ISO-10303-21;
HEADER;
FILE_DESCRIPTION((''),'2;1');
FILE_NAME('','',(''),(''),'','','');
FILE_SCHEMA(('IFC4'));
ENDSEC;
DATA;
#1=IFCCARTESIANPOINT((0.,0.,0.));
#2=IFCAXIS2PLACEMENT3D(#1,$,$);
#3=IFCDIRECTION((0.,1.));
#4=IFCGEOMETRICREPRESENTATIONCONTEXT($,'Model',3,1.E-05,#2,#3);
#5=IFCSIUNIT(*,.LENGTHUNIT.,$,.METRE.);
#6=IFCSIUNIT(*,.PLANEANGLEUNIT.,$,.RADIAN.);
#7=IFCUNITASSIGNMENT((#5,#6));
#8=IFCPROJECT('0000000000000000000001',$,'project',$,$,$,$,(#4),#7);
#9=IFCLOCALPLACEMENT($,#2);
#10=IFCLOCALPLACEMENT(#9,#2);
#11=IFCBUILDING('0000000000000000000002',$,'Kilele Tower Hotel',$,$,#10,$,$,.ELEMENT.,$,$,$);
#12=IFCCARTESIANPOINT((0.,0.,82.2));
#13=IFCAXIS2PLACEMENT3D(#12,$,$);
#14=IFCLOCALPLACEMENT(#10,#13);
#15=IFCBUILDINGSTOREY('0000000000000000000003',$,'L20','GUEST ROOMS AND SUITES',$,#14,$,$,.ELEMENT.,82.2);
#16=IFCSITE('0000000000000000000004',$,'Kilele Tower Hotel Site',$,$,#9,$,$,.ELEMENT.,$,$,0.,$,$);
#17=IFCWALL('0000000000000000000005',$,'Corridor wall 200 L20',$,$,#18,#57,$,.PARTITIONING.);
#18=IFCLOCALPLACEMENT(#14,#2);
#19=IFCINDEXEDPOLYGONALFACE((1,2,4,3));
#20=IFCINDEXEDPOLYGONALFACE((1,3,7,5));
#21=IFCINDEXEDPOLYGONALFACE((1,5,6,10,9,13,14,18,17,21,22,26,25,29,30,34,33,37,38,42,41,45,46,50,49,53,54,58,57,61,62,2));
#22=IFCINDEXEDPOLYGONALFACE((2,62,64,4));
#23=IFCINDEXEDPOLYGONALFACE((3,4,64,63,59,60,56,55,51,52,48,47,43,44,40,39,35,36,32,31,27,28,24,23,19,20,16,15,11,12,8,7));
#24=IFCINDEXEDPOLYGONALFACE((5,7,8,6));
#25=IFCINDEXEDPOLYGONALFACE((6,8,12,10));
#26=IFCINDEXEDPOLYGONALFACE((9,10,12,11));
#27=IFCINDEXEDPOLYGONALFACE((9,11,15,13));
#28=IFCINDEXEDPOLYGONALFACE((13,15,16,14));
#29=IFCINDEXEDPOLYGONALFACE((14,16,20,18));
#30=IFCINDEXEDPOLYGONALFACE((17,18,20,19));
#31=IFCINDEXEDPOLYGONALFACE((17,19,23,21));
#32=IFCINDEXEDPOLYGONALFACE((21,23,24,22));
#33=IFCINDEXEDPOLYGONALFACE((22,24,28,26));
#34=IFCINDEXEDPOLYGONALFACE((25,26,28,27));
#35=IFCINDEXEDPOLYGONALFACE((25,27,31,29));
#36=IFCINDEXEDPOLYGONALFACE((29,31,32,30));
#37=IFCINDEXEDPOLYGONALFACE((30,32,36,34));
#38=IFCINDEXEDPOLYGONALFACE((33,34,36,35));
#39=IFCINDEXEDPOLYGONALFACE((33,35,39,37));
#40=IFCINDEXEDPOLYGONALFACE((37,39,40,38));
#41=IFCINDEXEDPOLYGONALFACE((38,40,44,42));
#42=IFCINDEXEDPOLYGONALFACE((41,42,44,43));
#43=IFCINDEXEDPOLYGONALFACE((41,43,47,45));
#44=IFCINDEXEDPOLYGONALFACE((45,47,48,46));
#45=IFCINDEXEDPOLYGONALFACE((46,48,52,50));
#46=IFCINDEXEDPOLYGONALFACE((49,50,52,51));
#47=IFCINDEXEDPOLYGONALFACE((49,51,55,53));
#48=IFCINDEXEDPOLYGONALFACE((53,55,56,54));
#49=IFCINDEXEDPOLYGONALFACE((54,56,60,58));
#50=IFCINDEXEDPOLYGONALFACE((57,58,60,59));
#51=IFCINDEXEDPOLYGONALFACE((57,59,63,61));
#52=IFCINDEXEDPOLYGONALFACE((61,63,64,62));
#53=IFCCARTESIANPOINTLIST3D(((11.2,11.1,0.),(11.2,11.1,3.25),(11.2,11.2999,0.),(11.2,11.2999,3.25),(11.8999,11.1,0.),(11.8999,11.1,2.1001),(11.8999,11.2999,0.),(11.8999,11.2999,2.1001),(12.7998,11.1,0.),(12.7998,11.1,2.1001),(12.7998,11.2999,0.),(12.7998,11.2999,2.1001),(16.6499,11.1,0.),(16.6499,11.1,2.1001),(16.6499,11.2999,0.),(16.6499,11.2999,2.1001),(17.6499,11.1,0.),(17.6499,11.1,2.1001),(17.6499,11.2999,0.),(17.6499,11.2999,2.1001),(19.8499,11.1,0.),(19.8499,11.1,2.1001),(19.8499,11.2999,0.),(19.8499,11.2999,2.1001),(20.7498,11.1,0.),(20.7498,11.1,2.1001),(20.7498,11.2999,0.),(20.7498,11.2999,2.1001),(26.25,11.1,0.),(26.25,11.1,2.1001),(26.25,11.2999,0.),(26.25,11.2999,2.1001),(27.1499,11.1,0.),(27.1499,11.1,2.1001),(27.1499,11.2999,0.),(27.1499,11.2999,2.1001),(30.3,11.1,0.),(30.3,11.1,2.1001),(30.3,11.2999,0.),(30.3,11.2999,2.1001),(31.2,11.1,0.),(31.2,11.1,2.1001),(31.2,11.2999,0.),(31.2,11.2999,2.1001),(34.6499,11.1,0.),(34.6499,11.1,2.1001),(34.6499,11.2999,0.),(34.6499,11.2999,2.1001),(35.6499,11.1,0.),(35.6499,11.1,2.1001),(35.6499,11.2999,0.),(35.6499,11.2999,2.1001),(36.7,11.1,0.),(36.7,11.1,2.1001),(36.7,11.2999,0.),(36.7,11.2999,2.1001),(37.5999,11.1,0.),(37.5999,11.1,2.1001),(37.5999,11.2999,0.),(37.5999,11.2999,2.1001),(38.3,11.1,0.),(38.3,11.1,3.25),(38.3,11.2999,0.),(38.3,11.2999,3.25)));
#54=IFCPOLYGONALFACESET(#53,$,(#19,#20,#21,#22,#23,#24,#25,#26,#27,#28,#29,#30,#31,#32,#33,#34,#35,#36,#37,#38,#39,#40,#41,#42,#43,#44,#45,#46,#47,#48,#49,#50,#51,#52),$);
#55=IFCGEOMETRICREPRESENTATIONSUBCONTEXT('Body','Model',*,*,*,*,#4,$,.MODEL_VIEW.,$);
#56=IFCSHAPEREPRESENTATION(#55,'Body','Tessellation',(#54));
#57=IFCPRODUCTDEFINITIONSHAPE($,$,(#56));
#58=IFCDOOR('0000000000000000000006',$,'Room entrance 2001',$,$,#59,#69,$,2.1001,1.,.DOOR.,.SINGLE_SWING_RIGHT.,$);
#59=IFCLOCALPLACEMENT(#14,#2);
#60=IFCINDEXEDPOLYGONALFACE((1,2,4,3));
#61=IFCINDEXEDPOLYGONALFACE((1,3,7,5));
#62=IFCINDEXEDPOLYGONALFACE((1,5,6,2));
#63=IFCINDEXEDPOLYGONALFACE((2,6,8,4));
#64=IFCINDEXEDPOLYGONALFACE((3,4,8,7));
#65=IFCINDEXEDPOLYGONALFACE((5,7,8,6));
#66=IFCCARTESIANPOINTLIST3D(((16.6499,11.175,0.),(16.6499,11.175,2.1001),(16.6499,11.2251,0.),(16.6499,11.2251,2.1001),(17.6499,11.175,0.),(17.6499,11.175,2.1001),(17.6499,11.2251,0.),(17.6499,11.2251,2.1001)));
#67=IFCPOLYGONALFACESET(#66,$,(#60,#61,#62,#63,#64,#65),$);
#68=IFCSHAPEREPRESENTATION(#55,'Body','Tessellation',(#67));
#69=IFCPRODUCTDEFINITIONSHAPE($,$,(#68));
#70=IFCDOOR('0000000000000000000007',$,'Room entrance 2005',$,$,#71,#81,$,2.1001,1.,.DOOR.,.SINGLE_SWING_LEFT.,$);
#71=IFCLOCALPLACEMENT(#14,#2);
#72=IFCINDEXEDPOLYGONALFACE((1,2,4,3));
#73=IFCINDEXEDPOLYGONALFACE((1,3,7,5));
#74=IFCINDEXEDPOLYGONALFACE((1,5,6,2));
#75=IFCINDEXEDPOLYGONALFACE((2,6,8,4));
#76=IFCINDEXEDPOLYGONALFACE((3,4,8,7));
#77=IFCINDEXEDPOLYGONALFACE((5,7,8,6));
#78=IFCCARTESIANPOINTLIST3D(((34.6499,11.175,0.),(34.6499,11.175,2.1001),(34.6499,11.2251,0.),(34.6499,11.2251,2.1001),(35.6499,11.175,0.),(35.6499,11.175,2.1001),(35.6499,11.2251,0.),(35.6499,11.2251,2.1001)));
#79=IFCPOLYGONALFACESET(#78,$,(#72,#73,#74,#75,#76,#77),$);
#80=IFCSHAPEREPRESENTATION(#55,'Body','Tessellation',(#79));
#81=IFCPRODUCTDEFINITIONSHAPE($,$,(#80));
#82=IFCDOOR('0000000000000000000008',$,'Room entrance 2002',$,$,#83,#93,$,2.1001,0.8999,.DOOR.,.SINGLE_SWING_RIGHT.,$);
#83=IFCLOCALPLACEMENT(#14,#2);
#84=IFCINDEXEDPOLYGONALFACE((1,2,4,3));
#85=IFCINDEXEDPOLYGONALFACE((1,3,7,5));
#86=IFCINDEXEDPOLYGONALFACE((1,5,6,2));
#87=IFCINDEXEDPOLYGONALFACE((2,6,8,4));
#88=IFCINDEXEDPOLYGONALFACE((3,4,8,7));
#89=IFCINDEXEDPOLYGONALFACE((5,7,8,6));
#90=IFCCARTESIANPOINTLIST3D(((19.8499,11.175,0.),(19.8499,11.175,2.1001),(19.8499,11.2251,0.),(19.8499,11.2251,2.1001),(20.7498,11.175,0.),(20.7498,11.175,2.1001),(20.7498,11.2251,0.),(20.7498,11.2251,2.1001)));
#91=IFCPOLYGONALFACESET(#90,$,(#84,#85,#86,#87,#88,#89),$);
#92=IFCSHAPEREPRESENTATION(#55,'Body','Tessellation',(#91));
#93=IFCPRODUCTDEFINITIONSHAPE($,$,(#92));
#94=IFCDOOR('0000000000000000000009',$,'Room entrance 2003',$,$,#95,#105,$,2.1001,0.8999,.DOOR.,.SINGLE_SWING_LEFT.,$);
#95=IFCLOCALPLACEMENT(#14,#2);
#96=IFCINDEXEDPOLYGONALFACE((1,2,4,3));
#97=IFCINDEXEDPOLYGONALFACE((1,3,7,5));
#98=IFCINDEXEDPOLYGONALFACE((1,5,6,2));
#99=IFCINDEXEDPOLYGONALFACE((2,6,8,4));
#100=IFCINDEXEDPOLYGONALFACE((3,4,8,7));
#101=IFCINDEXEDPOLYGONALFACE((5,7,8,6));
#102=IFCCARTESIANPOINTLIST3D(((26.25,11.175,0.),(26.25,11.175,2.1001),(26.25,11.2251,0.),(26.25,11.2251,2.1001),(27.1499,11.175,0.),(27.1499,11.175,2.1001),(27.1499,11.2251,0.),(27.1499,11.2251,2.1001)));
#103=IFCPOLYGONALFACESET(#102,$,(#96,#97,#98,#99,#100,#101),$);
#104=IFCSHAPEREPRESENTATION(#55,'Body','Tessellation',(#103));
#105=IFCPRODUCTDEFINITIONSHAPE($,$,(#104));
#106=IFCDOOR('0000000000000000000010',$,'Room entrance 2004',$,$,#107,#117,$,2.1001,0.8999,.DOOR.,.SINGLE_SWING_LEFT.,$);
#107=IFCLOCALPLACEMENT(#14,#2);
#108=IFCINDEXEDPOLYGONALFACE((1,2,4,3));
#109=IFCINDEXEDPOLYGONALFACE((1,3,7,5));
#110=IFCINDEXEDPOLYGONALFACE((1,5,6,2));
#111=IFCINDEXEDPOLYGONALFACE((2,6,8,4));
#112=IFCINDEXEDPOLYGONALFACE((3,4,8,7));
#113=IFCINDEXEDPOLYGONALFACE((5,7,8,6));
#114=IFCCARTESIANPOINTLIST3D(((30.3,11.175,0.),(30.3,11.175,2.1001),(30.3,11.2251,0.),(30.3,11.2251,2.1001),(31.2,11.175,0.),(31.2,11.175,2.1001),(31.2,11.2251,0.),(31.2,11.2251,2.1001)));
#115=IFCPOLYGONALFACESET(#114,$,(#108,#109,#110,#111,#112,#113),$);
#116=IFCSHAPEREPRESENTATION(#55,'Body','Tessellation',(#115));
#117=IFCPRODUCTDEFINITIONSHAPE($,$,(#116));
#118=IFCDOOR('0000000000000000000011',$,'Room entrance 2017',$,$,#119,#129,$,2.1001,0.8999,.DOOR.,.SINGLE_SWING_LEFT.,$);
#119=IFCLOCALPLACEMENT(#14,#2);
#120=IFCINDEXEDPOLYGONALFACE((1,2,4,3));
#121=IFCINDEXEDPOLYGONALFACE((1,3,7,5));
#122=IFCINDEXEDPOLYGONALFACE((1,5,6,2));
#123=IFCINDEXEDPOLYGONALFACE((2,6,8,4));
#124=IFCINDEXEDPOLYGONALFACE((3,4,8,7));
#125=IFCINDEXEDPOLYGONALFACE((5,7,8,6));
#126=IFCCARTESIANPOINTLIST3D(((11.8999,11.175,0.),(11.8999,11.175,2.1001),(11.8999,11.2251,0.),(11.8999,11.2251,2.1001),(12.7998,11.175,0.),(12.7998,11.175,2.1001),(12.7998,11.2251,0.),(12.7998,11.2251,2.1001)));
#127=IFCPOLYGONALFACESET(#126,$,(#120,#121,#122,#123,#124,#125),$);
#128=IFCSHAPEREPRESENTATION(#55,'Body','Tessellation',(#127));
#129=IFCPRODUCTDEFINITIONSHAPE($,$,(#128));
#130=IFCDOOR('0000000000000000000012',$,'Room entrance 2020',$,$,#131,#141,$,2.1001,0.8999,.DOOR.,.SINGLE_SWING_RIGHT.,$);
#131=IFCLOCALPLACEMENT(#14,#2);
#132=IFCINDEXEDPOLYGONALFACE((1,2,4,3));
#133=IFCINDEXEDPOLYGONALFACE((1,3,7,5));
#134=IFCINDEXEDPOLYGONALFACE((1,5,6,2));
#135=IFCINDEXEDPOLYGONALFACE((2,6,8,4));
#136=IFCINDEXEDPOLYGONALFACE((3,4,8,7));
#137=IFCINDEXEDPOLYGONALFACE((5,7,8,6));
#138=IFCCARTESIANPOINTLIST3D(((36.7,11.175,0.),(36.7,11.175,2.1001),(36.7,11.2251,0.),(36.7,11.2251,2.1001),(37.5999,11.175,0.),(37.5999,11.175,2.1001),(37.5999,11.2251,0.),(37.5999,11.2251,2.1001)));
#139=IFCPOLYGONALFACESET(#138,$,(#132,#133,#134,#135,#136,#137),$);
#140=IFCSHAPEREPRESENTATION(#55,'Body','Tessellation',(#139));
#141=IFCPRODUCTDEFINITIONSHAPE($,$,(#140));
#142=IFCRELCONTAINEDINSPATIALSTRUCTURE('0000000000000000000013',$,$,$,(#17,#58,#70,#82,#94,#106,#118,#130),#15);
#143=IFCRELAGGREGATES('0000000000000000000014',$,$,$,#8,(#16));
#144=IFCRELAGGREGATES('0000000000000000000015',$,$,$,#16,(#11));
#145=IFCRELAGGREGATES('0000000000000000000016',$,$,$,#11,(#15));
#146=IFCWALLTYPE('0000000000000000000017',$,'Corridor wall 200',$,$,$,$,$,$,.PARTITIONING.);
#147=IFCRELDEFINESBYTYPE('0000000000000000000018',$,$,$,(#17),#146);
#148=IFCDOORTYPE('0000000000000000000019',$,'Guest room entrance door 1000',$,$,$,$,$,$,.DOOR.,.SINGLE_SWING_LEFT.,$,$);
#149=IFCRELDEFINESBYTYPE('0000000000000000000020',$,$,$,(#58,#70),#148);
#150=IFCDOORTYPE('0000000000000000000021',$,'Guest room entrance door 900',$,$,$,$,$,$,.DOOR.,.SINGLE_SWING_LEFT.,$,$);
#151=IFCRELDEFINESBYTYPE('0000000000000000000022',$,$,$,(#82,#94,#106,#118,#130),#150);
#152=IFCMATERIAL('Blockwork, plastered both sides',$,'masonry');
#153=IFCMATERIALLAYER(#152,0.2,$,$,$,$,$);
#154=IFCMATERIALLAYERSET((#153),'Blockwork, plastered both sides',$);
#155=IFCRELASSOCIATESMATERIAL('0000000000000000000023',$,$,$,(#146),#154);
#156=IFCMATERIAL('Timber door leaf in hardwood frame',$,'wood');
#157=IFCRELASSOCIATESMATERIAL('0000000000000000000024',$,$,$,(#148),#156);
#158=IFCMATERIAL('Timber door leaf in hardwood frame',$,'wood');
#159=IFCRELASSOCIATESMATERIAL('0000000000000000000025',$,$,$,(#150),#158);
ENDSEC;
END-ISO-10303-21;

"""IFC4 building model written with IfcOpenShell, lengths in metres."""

from ifc_helpers import new_model, si_unit, direction, frame, frame_2d, origin, place, context, subcontext, project, spatial, rectangle, extrude, material, layer, layer_set, type_object, element, fill, save


model = new_model("IFC4")

# Units and contexts
model_context = context("Model", 3, precision=1e-05, world=origin(), true_north=direction((0.0, 1.0)))
body_context = subcontext(model_context, "Body", "Model", "MODEL_VIEW")
ifc_project = project(units=[si_unit("LENGTHUNIT", "METRE"), si_unit("PLANEANGLEUNIT", "RADIAN")], contexts=[model_context])

# Site, building, storey
site_placement = place(None, origin())
site = spatial("IfcSite", under=ifc_project, at=site_placement, Name="Kilele Tower Hotel Site", CompositionType="ELEMENT", RefElevation=0.0)
building_placement = place(site_placement, origin())
building = spatial("IfcBuilding", under=site, at=building_placement, Name="Kilele Tower Hotel", CompositionType="ELEMENT")
storey_placement = place(building_placement, frame((0.0, 0.0, 82.2)))
storey = spatial("IfcBuildingStorey", under=building, at=storey_placement, Name="L20", Description="GUEST ROOMS AND SUITES", CompositionType="ELEMENT", Elevation=82.2)

# Wall, openings, doors
ifc_material_1 = material(Name="Blockwork, plastered both sides", Category="masonry")
ifc_layer_1 = layer(ifc_material_1, 0.2)
ifc_layer_set_1 = layer_set([ifc_layer_1], Name="Blockwork, plastered both sides")
wall_type_1 = type_object("IfcWallType", Name="Corridor wall 200", PredefinedType="PARTITIONING", material=ifc_layer_set_1)
wall_1_placement = place(storey_placement, frame((11.2, 11.2, 0.0), z_axis=(0.0, 0.0, 1.0), x_axis=(1.0, 0.0, 0.0)))
wall_1 = element("IfcWall", 1, at=wall_1_placement, inside=storey, type_object=wall_type_1, Name="Corridor wall 200 L20", PredefinedType="PARTITIONING", context=body_context, shape_type="SweptSolid", body=[
    extrude(rectangle(XDim=27.1001, YDim=0.2, at=frame_2d((13.55, 0.0))), origin(), (0.0, 0.0, 1.0), 3.25),
])
opening_1_placement = place(wall_1_placement, frame((6.45, 0.0, 0.0), z_axis=(0.0, 0.0, 1.0), x_axis=(-1.0, 0.0, 0.0)))
opening_1 = element("IfcOpeningElement", 2, at=opening_1_placement, cuts=wall_1, PredefinedType="OPENING", context=body_context, shape_type="SweptSolid", body=[
    extrude(rectangle(XDim=1.0, YDim=2.1001, at=frame_2d((0.5, 1.05))), frame((0.0, 0.1099, 0.0), z_axis=(0.0, -1.0, 0.0), x_axis=(1.0, 0.0, 0.0)), (0.0, 0.0, 1.0), 0.22),
])
opening_2_placement = place(wall_1_placement, frame((9.5498, 0.0, 0.0), z_axis=(0.0, 0.0, 1.0), x_axis=(-1.0, 0.0, 0.0)))
opening_2 = element("IfcOpeningElement", 3, at=opening_2_placement, cuts=wall_1, PredefinedType="OPENING", context=body_context, shape_type="SweptSolid", body=[
    extrude(rectangle(XDim=0.8999, YDim=2.1001, at=frame_2d((0.45, 1.05))), frame((0.0, 0.1099, 0.0), z_axis=(0.0, -1.0, 0.0), x_axis=(1.0, 0.0, 0.0)), (0.0, 0.0, 1.0), 0.22),
])
opening_3_placement = place(wall_1_placement, frame((15.95, 0.0, 0.0), z_axis=(0.0, 0.0, 1.0), x_axis=(-1.0, 0.0, 0.0)))
opening_3 = element("IfcOpeningElement", 4, at=opening_3_placement, cuts=wall_1, PredefinedType="OPENING", context=body_context, shape_type="SweptSolid", body=[
    extrude(rectangle(XDim=0.8999, YDim=2.1001, at=frame_2d((0.45, 1.05))), frame((0.0, 0.1099, 0.0), z_axis=(0.0, -1.0, 0.0), x_axis=(1.0, 0.0, 0.0)), (0.0, 0.0, 1.0), 0.22),
])
opening_4_placement = place(wall_1_placement, frame((20.0, 0.0, 0.0), z_axis=(0.0, 0.0, 1.0), x_axis=(-1.0, 0.0, 0.0)))
opening_4 = element("IfcOpeningElement", 5, at=opening_4_placement, cuts=wall_1, PredefinedType="OPENING", context=body_context, shape_type="SweptSolid", body=[
    extrude(rectangle(XDim=0.8999, YDim=2.1001, at=frame_2d((0.45, 1.05))), frame((0.0, 0.1099, 0.0), z_axis=(0.0, -1.0, 0.0), x_axis=(1.0, 0.0, 0.0)), (0.0, 0.0, 1.0), 0.22),
])
opening_5_placement = place(wall_1_placement, frame((24.45, 0.0, 0.0), z_axis=(0.0, 0.0, 1.0), x_axis=(-1.0, 0.0, 0.0)))
opening_5 = element("IfcOpeningElement", 6, at=opening_5_placement, cuts=wall_1, PredefinedType="OPENING", context=body_context, shape_type="SweptSolid", body=[
    extrude(rectangle(XDim=1.0, YDim=2.1001, at=frame_2d((0.5, 1.05))), frame((0.0, 0.1099, 0.0), z_axis=(0.0, -1.0, 0.0), x_axis=(1.0, 0.0, 0.0)), (0.0, 0.0, 1.0), 0.22),
])
opening_6_placement = place(wall_1_placement, frame((1.5999, 0.0, 0.0), z_axis=(0.0, 0.0, 1.0), x_axis=(-1.0, 0.0, 0.0)))
opening_6 = element("IfcOpeningElement", 7, at=opening_6_placement, cuts=wall_1, PredefinedType="OPENING", context=body_context, shape_type="SweptSolid", body=[
    extrude(rectangle(XDim=0.8999, YDim=2.1001, at=frame_2d((0.45, 1.05))), frame((0.0, 0.1099, 0.0), z_axis=(0.0, -1.0, 0.0), x_axis=(1.0, 0.0, 0.0)), (0.0, 0.0, 1.0), 0.22),
])
opening_7_placement = place(wall_1_placement, frame((26.3999, 0.0, 0.0), z_axis=(0.0, 0.0, 1.0), x_axis=(-1.0, 0.0, 0.0)))
opening_7 = element("IfcOpeningElement", 8, at=opening_7_placement, cuts=wall_1, PredefinedType="OPENING", context=body_context, shape_type="SweptSolid", body=[
    extrude(rectangle(XDim=0.8999, YDim=2.1001, at=frame_2d((0.45, 1.05))), frame((0.0, 0.1099, 0.0), z_axis=(0.0, -1.0, 0.0), x_axis=(1.0, 0.0, 0.0)), (0.0, 0.0, 1.0), 0.22),
])
ifc_material_2 = material(Name="Timber door leaf in hardwood frame", Category="wood")
door_type_1 = type_object("IfcDoorType", Name="Guest room entrance door 1000", OperationType="SINGLE_SWING_LEFT", PredefinedType="DOOR", material=ifc_material_2)
door_1_placement = place(opening_1_placement, origin())
door_1 = element("IfcDoor", 9, at=door_1_placement, inside=storey, type_object=door_type_1, Name="Room entrance 2001", OperationType="SINGLE_SWING_RIGHT", OverallHeight=2.1001, OverallWidth=1.0, PredefinedType="DOOR", context=body_context, shape_type="SweptSolid", body=[
    extrude(rectangle(XDim=1.0, YDim=2.1001, at=frame_2d((0.5, 1.05))), frame((0.0, 0.0249, 0.0), z_axis=(0.0, -1.0, 0.0), x_axis=(1.0, 0.0, 0.0)), (0.0, 0.0, 1.0), 0.05),
])
fill(opening_1, door_1)
door_2_placement = place(opening_5_placement, origin())
door_2 = element("IfcDoor", 10, at=door_2_placement, inside=storey, type_object=door_type_1, Name="Room entrance 2005", OperationType="SINGLE_SWING_LEFT", OverallHeight=2.1001, OverallWidth=1.0, PredefinedType="DOOR", context=body_context, shape_type="SweptSolid", body=[
    extrude(rectangle(XDim=1.0, YDim=2.1001, at=frame_2d((0.5, 1.05))), frame((0.0, 0.0249, 0.0), z_axis=(0.0, -1.0, 0.0), x_axis=(1.0, 0.0, 0.0)), (0.0, 0.0, 1.0), 0.05),
])
fill(opening_5, door_2)
ifc_material_3 = material(Name="Timber door leaf in hardwood frame", Category="wood")
door_type_2 = type_object("IfcDoorType", Name="Guest room entrance door 900", OperationType="SINGLE_SWING_LEFT", PredefinedType="DOOR", material=ifc_material_3)
door_3_placement = place(opening_2_placement, origin())
door_3 = element("IfcDoor", 11, at=door_3_placement, inside=storey, type_object=door_type_2, Name="Room entrance 2002", OperationType="SINGLE_SWING_RIGHT", OverallHeight=2.1001, OverallWidth=0.8999, PredefinedType="DOOR", context=body_context, shape_type="SweptSolid", body=[
    extrude(rectangle(XDim=0.8999, YDim=2.1001, at=frame_2d((0.45, 1.05))), frame((0.0, 0.0249, 0.0), z_axis=(0.0, -1.0, 0.0), x_axis=(1.0, 0.0, 0.0)), (0.0, 0.0, 1.0), 0.05),
])
fill(opening_2, door_3)
door_4_placement = place(opening_3_placement, origin())
door_4 = element("IfcDoor", 12, at=door_4_placement, inside=storey, type_object=door_type_2, Name="Room entrance 2003", OperationType="SINGLE_SWING_LEFT", OverallHeight=2.1001, OverallWidth=0.8999, PredefinedType="DOOR", context=body_context, shape_type="SweptSolid", body=[
    extrude(rectangle(XDim=0.8999, YDim=2.1001, at=frame_2d((0.45, 1.05))), frame((0.0, 0.0249, 0.0), z_axis=(0.0, -1.0, 0.0), x_axis=(1.0, 0.0, 0.0)), (0.0, 0.0, 1.0), 0.05),
])
fill(opening_3, door_4)
door_5_placement = place(opening_4_placement, origin())
door_5 = element("IfcDoor", 13, at=door_5_placement, inside=storey, type_object=door_type_2, Name="Room entrance 2004", OperationType="SINGLE_SWING_LEFT", OverallHeight=2.1001, OverallWidth=0.8999, PredefinedType="DOOR", context=body_context, shape_type="SweptSolid", body=[
    extrude(rectangle(XDim=0.8999, YDim=2.1001, at=frame_2d((0.45, 1.05))), frame((0.0, 0.0249, 0.0), z_axis=(0.0, -1.0, 0.0), x_axis=(1.0, 0.0, 0.0)), (0.0, 0.0, 1.0), 0.05),
])
fill(opening_4, door_5)
door_6_placement = place(opening_6_placement, origin())
door_6 = element("IfcDoor", 14, at=door_6_placement, inside=storey, type_object=door_type_2, Name="Room entrance 2017", OperationType="SINGLE_SWING_LEFT", OverallHeight=2.1001, OverallWidth=0.8999, PredefinedType="DOOR", context=body_context, shape_type="SweptSolid", body=[
    extrude(rectangle(XDim=0.8999, YDim=2.1001, at=frame_2d((0.45, 1.05))), frame((0.0, 0.0249, 0.0), z_axis=(0.0, -1.0, 0.0), x_axis=(1.0, 0.0, 0.0)), (0.0, 0.0, 1.0), 0.05),
])
fill(opening_6, door_6)
door_7_placement = place(opening_7_placement, origin())
door_7 = element("IfcDoor", 15, at=door_7_placement, inside=storey, type_object=door_type_2, Name="Room entrance 2020", OperationType="SINGLE_SWING_RIGHT", OverallHeight=2.1001, OverallWidth=0.8999, PredefinedType="DOOR", context=body_context, shape_type="SweptSolid", body=[
    extrude(rectangle(XDim=0.8999, YDim=2.1001, at=frame_2d((0.45, 1.05))), frame((0.0, 0.0249, 0.0), z_axis=(0.0, -1.0, 0.0), x_axis=(1.0, 0.0, 0.0)), (0.0, 0.0, 1.0), 0.05),
])
fill(opening_7, door_7)

save(model, "model.ifc")
